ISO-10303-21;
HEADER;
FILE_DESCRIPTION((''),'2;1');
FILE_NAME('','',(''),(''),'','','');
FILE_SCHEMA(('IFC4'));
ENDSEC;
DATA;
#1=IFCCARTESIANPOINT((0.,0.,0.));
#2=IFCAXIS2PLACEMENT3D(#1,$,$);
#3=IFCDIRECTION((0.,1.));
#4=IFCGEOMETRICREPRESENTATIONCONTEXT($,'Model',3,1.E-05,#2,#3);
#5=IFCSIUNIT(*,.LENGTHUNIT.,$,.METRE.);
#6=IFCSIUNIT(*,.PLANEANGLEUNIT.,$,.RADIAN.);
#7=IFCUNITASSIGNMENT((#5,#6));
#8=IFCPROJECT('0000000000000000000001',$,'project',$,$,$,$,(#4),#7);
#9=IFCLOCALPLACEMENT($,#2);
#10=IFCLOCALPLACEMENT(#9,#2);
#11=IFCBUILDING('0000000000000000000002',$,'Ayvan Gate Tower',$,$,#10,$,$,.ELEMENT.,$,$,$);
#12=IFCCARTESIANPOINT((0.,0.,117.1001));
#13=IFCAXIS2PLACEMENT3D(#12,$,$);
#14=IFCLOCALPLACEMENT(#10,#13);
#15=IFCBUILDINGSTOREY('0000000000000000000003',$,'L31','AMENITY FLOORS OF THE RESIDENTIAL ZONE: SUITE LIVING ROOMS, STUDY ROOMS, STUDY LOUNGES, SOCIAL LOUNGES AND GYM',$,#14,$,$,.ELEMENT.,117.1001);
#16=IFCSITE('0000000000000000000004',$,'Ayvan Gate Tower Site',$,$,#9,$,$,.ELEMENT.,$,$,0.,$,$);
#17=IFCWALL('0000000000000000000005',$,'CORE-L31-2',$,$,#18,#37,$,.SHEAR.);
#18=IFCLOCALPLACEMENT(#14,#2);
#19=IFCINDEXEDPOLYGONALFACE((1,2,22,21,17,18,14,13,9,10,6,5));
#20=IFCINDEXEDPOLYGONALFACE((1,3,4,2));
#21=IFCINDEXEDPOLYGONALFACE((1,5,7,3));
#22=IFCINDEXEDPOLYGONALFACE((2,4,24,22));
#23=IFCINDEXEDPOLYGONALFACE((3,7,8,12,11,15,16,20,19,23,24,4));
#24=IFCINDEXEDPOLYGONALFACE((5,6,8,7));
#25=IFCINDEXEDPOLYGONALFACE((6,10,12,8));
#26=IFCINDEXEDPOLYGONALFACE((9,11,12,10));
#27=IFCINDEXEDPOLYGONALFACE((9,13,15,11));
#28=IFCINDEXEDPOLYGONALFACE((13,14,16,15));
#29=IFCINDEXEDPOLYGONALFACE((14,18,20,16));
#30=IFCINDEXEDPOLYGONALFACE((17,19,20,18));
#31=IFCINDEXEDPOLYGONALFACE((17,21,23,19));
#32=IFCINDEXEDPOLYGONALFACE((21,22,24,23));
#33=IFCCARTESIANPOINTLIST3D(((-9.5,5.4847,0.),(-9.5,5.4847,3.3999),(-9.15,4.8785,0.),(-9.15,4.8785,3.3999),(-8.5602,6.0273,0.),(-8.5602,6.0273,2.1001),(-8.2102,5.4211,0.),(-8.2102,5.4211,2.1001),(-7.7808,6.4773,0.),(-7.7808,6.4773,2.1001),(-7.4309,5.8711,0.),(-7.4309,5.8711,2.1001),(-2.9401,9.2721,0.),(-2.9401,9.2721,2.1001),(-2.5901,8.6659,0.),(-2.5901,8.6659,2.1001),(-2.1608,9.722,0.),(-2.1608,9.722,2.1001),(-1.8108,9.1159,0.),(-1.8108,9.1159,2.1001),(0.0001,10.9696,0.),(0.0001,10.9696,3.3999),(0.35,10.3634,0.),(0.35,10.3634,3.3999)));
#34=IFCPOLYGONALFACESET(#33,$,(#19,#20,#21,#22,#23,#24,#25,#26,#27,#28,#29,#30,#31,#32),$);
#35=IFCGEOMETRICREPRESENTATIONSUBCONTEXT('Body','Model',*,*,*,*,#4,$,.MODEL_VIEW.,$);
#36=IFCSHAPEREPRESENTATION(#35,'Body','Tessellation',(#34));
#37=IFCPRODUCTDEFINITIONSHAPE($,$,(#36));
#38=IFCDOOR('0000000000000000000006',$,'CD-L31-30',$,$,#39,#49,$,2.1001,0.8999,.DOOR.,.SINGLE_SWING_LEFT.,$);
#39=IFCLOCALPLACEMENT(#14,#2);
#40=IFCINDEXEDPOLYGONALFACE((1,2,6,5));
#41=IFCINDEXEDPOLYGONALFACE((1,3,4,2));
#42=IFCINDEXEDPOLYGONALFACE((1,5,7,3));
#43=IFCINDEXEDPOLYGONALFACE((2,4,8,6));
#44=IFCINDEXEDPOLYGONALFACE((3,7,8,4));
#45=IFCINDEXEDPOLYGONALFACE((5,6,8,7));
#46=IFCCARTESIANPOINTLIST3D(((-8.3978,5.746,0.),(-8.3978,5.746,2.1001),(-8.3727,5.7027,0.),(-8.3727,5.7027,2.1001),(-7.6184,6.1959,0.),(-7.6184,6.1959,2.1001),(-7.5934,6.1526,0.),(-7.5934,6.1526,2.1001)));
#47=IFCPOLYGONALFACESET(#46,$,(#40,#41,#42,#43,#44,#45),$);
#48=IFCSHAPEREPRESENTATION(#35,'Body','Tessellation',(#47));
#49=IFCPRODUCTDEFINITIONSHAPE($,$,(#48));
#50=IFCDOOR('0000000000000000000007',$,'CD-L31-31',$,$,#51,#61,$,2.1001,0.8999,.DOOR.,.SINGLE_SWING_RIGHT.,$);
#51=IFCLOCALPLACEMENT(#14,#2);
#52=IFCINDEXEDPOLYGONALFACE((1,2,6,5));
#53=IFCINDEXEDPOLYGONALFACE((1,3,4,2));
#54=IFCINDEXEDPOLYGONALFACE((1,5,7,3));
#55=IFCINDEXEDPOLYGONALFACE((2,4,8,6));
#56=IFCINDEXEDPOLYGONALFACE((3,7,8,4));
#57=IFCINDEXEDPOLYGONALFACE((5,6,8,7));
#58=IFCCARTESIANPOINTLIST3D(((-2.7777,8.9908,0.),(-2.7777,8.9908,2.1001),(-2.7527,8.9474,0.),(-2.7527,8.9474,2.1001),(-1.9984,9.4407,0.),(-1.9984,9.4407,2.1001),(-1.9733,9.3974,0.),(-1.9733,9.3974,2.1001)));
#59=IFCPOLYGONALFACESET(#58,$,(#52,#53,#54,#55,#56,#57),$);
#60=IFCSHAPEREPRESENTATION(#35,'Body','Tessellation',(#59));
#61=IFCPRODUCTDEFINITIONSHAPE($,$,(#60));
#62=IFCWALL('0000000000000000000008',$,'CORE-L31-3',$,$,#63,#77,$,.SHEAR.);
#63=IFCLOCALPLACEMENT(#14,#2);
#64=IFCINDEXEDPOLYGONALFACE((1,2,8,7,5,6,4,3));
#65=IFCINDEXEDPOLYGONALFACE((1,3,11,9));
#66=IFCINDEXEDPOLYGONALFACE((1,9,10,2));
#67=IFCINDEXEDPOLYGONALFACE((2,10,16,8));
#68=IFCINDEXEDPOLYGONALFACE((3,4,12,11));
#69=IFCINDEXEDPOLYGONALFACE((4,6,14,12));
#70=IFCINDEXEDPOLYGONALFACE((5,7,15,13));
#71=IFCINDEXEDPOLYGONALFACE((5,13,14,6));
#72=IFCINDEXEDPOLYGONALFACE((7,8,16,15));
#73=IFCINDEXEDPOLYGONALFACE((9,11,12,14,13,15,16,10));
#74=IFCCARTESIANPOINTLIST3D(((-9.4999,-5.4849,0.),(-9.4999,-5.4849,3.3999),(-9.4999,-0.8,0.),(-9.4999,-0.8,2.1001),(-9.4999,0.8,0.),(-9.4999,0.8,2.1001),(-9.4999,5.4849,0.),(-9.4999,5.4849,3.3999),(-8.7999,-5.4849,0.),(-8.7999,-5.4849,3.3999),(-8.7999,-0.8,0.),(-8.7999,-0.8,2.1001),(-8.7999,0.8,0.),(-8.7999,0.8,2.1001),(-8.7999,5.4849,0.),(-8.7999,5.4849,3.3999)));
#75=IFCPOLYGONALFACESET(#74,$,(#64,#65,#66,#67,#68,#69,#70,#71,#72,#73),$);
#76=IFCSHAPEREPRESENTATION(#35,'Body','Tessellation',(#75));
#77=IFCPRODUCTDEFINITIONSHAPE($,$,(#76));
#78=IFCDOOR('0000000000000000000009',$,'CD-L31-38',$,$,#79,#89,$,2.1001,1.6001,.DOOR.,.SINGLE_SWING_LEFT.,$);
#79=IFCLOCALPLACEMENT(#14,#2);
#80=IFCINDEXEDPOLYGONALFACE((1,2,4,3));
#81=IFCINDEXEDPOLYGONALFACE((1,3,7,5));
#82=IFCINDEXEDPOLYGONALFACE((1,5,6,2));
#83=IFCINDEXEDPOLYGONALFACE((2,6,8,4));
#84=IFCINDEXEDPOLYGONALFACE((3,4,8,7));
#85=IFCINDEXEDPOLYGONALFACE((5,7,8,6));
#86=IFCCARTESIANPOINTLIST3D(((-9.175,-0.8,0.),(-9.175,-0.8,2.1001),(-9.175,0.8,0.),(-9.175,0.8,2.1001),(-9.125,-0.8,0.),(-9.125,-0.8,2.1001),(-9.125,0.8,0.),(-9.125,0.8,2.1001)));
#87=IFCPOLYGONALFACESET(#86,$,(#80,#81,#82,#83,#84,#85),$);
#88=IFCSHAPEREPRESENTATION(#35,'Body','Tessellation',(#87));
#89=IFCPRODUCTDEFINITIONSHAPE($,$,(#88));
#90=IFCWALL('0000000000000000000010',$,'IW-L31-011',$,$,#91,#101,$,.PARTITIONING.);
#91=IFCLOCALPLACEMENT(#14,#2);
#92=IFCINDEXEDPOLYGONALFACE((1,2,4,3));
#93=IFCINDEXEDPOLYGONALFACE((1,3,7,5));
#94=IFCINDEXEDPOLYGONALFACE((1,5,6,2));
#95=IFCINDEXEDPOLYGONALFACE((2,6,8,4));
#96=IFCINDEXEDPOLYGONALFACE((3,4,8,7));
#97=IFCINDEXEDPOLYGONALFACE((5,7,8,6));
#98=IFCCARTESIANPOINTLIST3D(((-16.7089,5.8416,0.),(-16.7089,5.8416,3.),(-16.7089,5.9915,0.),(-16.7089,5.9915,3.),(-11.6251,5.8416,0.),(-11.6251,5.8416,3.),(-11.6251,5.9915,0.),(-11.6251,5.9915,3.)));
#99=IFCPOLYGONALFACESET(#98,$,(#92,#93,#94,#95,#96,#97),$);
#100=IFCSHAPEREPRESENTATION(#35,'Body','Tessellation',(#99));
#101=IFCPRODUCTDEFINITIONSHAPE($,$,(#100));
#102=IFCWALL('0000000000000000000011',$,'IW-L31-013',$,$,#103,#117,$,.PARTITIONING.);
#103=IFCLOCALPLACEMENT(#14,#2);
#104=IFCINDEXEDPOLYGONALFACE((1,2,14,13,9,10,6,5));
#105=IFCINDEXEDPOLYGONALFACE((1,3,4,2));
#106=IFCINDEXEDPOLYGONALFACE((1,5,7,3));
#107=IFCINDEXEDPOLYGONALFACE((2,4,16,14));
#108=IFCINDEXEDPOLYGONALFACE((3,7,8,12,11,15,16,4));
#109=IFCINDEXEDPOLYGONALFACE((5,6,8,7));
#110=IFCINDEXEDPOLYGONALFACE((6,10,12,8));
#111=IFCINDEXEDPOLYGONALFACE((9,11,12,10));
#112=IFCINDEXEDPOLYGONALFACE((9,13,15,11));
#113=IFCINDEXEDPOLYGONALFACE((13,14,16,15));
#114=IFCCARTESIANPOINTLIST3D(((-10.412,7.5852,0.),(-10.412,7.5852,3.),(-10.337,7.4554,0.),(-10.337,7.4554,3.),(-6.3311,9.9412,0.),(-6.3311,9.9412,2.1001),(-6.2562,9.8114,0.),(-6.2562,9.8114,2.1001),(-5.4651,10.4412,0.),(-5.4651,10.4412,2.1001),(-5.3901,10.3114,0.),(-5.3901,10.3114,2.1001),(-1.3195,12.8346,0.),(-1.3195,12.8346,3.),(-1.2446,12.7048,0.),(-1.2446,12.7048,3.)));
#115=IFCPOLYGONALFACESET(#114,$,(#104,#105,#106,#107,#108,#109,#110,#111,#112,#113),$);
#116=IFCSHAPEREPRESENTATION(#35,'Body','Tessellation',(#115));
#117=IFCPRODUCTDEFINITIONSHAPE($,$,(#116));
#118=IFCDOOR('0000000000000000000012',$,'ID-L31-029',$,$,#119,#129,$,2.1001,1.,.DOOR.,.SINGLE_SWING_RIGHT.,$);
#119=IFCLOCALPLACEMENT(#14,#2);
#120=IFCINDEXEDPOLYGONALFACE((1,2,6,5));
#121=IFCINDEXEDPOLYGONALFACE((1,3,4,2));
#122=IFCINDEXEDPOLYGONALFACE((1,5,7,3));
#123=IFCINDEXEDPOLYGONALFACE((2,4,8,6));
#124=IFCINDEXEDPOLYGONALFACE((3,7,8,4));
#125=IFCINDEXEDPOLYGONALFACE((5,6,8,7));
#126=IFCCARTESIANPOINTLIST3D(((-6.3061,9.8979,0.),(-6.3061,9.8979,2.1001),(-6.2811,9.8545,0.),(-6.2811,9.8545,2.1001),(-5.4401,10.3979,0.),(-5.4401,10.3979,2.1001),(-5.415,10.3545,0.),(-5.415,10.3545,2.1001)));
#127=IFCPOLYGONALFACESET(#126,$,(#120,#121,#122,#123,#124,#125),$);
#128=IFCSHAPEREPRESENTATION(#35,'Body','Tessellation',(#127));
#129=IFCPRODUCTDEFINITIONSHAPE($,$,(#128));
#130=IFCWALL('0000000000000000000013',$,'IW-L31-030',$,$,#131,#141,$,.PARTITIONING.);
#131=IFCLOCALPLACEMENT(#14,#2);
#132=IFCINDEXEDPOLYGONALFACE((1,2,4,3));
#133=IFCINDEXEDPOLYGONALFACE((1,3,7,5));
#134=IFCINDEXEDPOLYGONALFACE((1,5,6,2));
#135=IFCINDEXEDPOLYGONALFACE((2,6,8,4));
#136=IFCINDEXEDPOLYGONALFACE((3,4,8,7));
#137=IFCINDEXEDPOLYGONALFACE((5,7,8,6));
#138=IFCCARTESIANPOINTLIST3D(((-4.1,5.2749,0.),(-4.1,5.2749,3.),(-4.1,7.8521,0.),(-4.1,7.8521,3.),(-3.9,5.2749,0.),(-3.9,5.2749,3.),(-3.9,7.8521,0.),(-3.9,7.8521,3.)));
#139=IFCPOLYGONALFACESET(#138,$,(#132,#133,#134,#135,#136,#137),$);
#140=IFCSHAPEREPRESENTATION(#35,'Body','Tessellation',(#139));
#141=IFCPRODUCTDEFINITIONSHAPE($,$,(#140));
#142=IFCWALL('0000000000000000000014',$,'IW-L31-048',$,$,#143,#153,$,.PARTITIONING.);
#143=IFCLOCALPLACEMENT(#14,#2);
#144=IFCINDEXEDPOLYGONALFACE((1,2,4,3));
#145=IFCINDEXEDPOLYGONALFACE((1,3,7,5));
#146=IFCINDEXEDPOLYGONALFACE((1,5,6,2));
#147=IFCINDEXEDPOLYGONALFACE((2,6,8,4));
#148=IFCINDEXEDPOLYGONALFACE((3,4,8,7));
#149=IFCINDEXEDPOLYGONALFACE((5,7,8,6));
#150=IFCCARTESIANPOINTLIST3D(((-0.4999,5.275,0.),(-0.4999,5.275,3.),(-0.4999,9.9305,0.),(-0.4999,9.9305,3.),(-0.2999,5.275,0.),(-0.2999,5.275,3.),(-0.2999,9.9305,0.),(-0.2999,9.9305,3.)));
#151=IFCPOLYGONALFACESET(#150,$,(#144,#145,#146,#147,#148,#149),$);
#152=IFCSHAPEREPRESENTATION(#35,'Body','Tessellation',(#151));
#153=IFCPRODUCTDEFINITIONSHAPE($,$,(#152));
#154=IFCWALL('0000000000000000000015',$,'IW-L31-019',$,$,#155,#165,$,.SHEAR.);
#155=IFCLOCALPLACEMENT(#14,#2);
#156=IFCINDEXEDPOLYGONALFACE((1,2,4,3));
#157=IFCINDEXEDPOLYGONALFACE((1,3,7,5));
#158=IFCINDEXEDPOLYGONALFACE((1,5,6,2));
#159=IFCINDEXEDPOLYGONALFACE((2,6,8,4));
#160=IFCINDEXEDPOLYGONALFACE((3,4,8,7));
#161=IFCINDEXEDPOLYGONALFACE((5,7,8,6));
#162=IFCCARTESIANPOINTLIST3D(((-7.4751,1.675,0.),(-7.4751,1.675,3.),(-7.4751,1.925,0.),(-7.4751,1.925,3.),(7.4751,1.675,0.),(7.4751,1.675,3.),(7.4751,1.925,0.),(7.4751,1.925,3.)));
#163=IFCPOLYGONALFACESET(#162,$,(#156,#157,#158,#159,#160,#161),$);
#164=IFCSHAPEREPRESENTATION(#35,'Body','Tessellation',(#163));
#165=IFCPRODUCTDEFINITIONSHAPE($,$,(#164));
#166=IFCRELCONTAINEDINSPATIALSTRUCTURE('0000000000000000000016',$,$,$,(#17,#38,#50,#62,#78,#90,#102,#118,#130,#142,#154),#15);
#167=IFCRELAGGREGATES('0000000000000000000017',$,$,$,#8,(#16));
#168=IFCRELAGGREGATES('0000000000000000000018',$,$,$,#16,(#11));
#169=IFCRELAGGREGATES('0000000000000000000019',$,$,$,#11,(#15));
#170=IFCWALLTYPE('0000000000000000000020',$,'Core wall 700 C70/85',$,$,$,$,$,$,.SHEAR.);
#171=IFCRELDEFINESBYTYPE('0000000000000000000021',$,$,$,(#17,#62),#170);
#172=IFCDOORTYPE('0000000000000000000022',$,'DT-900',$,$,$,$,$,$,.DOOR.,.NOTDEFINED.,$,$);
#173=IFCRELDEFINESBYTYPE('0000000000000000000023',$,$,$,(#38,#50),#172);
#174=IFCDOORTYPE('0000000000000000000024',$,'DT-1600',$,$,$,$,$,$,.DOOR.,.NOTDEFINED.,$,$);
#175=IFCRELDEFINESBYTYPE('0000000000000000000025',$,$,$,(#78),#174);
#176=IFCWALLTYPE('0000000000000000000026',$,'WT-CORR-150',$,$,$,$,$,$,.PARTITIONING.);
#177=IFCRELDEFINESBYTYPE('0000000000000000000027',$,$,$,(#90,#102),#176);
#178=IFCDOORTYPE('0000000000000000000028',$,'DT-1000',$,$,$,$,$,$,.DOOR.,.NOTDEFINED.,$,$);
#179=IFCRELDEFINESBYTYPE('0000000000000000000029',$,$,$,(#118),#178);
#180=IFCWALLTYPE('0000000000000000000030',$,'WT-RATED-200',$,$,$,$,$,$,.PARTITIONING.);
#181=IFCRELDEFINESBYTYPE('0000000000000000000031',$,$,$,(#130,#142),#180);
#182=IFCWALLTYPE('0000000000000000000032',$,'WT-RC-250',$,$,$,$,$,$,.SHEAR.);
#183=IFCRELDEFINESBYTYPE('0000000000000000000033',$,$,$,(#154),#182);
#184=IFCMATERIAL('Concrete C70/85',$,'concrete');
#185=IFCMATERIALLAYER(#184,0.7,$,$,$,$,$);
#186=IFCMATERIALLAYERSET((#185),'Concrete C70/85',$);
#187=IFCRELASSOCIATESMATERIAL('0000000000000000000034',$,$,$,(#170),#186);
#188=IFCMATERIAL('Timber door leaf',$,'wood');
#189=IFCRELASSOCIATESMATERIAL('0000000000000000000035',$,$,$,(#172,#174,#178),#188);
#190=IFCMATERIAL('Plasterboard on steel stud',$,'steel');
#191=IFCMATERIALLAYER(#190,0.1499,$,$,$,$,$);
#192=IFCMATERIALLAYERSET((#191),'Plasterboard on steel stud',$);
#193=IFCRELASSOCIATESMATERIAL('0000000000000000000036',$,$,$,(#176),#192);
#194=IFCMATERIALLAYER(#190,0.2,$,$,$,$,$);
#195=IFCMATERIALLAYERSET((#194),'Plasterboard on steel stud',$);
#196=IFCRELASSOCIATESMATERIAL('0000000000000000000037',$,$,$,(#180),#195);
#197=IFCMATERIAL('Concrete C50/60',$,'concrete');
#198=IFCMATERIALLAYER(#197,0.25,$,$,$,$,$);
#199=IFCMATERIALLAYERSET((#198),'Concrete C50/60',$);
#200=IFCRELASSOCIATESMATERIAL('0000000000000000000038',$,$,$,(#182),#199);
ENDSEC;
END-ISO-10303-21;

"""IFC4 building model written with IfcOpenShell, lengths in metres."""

from ifc_helpers import new_model, si_unit, direction, frame, frame_2d, origin, place, context, subcontext, project, spatial, rectangle, extrude, material, layer, layer_set, type_object, element, fill, save


model = new_model("IFC4")

# Units and contexts
model_context = context("Model", 3, precision=1e-05, world=origin(), true_north=direction((0.0, 1.0)))
body_context = subcontext(model_context, "Body", "Model", "MODEL_VIEW")
ifc_project = project(units=[si_unit("LENGTHUNIT", "METRE"), si_unit("PLANEANGLEUNIT", "RADIAN")], contexts=[model_context])

# Site, building, storey
site_placement = place(None, origin())
site = spatial("IfcSite", under=ifc_project, at=site_placement, Name="Ayvan Gate Tower Site", CompositionType="ELEMENT", RefElevation=0.0)
building_placement = place(site_placement, origin())
building = spatial("IfcBuilding", under=site, at=building_placement, Name="Ayvan Gate Tower", CompositionType="ELEMENT")
storey_placement = place(building_placement, frame((0.0, 0.0, 117.1001)))
storey = spatial("IfcBuildingStorey", under=building, at=storey_placement, Name="L31", Description="AMENITY FLOORS OF THE RESIDENTIAL ZONE: SUITE LIVING ROOMS, STUDY ROOMS, STUDY LOUNGES, SOCIAL LOUNGES AND GYM", CompositionType="ELEMENT", Elevation=117.1001)

# Wall, openings, doors
ifc_material_1 = material(Name="Concrete C70/85", Category="concrete")
ifc_layer_1 = layer(ifc_material_1, 0.7)
ifc_layer_set_1 = layer_set([ifc_layer_1], Name="Concrete C70/85")
wall_type_1 = type_object("IfcWallType", Name="Core wall 700 C70/85", PredefinedType="SHEAR", material=ifc_layer_set_1)
wall_1_placement = place(storey_placement, frame((0.175, 10.6665, 0.0), z_axis=(0.0, 0.0, 1.0), x_axis=(-0.866024, -0.500002, 0.0)))
wall_1 = element("IfcWall", 1, at=wall_1_placement, inside=storey, type_object=wall_type_1, Name="CORE-L31-2", PredefinedType="SHEAR", context=body_context, shape_type="SweptSolid", body=[
    extrude(rectangle(XDim=10.9697, YDim=0.7, at=frame_2d((5.4849, 0.0))), origin(), (0.0, 0.0, 1.0), 3.3999),
])
opening_1_placement = place(wall_1_placement, frame((8.9846, 0.0, 0.0)))
opening_1 = element("IfcOpeningElement", 2, at=opening_1_placement, cuts=wall_1, PredefinedType="OPENING", context=body_context, shape_type="SweptSolid", body=[
    extrude(rectangle(XDim=0.8999, YDim=2.1001, at=frame_2d((0.45, 1.05))), frame((0.0, 0.3599, 0.0), z_axis=(0.0, -1.0, 0.0), x_axis=(1.0, 0.0, 0.0)), (0.0, 0.0, 1.0), 0.72),
])
opening_2_placement = place(wall_1_placement, frame((2.4951, 0.0, 0.0)))
opening_2 = element("IfcOpeningElement", 3, at=opening_2_placement, cuts=wall_1, PredefinedType="OPENING", context=body_context, shape_type="SweptSolid", body=[
    extrude(rectangle(XDim=0.8999, YDim=2.1001, at=frame_2d((0.45, 1.05))), frame((0.0, 0.3599, 0.0), z_axis=(0.0, -1.0, 0.0), x_axis=(1.0, 0.0, 0.0)), (0.0, 0.0, 1.0), 0.72),
])
ifc_material_2 = material(Name="Timber door leaf", Category="wood")
door_type_1 = type_object("IfcDoorType", Name="DT-900", OperationType="NOTDEFINED", PredefinedType="DOOR", material=ifc_material_2)
door_1_placement = place(opening_1_placement, origin())
door_1 = element("IfcDoor", 4, at=door_1_placement, inside=storey, type_object=door_type_1, Name="CD-L31-30", OperationType="SINGLE_SWING_LEFT", OverallHeight=2.1001, OverallWidth=0.8999, PredefinedType="DOOR", context=body_context, shape_type="SweptSolid", body=[
    extrude(rectangle(XDim=0.8999, YDim=2.1001, at=frame_2d((0.45, 1.05))), frame((0.0, 0.0249, 0.0), z_axis=(0.0, -1.0, 0.0), x_axis=(1.0, 0.0, 0.0)), (0.0, 0.0, 1.0), 0.05),
])
fill(opening_1, door_1)
door_2_placement = place(opening_2_placement, origin())
door_2 = element("IfcDoor", 5, at=door_2_placement, inside=storey, type_object=door_type_1, Name="CD-L31-31", OperationType="SINGLE_SWING_RIGHT", OverallHeight=2.1001, OverallWidth=0.8999, PredefinedType="DOOR", context=body_context, shape_type="SweptSolid", body=[
    extrude(rectangle(XDim=0.8999, YDim=2.1001, at=frame_2d((0.45, 1.05))), frame((0.0, 0.0249, 0.0), z_axis=(0.0, -1.0, 0.0), x_axis=(1.0, 0.0, 0.0)), (0.0, 0.0, 1.0), 0.05),
])
fill(opening_2, door_2)

# Wall, opening, door
wall_2_placement = place(storey_placement, frame((-9.1499, 5.4849, 0.0), z_axis=(0.0, 0.0, 1.0), x_axis=(0.0, -1.0, 0.0)))
wall_2 = element("IfcWall", 6, at=wall_2_placement, inside=storey, type_object=wall_type_1, Name="CORE-L31-3", PredefinedType="SHEAR", context=body_context, shape_type="SweptSolid", body=[
    extrude(rectangle(XDim=10.9697, YDim=0.7, at=frame_2d((5.4849, 0.0))), origin(), (0.0, 0.0, 1.0), 3.3999),
])
opening_3_placement = place(wall_2_placement, frame((4.6848, 0.0, 0.0)))
opening_3 = element("IfcOpeningElement", 7, at=opening_3_placement, cuts=wall_2, PredefinedType="OPENING", context=body_context, shape_type="SweptSolid", body=[
    extrude(rectangle(XDim=1.6001, YDim=2.1001, at=frame_2d((0.8, 1.05))), frame((0.0, 0.3599, 0.0), z_axis=(0.0, -1.0, 0.0), x_axis=(1.0, 0.0, 0.0)), (0.0, 0.0, 1.0), 0.72),
])
door_type_2 = type_object("IfcDoorType", Name="DT-1600", OperationType="NOTDEFINED", PredefinedType="DOOR", material=ifc_material_2)
door_3_placement = place(opening_3_placement, origin())
door_3 = element("IfcDoor", 8, at=door_3_placement, inside=storey, type_object=door_type_2, Name="CD-L31-38", OperationType="SINGLE_SWING_LEFT", OverallHeight=2.1001, OverallWidth=1.6001, PredefinedType="DOOR", context=body_context, shape_type="SweptSolid", body=[
    extrude(rectangle(XDim=1.6001, YDim=2.1001, at=frame_2d((0.8, 1.05))), frame((0.0, 0.0249, 0.0), z_axis=(0.0, -1.0, 0.0), x_axis=(1.0, 0.0, 0.0)), (0.0, 0.0, 1.0), 0.05),
])
fill(opening_3, door_3)

# Wall
ifc_material_3 = material(Name="Plasterboard on steel stud", Category="steel")
ifc_layer_2 = layer(ifc_material_3, 0.1499)
ifc_layer_set_2 = layer_set([ifc_layer_2], Name="Plasterboard on steel stud")
wall_type_2 = type_object("IfcWallType", Name="WT-CORR-150", PredefinedType="PARTITIONING", material=ifc_layer_set_2)
wall_3_placement = place(storey_placement, frame((-11.625, 5.9165, 0.0), z_axis=(0.0, 0.0, 1.0), x_axis=(-1.0, 0.0, 0.0)))
element("IfcWall", 9, at=wall_3_placement, inside=storey, type_object=wall_type_2, Name="IW-L31-011", PredefinedType="PARTITIONING", context=body_context, shape_type="SweptSolid", body=[
    extrude(rectangle(XDim=5.0837, YDim=0.1499, at=frame_2d((2.542, 0.0))), origin(), (0.0, 0.0, 1.0), 3.0),
])

# Wall, opening, door
wall_4_placement = place(storey_placement, frame((-10.3745, 7.5203, 0.0), z_axis=(0.0, 0.0, 1.0), x_axis=(0.866028, 0.499996, 0.0)))
wall_4 = element("IfcWall", 10, at=wall_4_placement, inside=storey, type_object=wall_type_2, Name="IW-L31-013", PredefinedType="PARTITIONING", context=body_context, shape_type="SweptSolid", body=[
    extrude(rectangle(XDim=10.499, YDim=0.1499, at=frame_2d((5.2495, 0.0))), origin(), (0.0, 0.0, 1.0), 3.0),
])
opening_4_placement = place(wall_4_placement, frame((4.7122, 0.0, 0.0)))
opening_4 = element("IfcOpeningElement", 11, at=opening_4_placement, cuts=wall_4, PredefinedType="OPENING", context=body_context, shape_type="SweptSolid", body=[
    extrude(rectangle(XDim=1.0, YDim=2.1001, at=frame_2d((0.5, 1.05))), frame((0.0, 0.085, 0.0), z_axis=(0.0, -1.0, 0.0), x_axis=(1.0, 0.0, 0.0)), (0.0, 0.0, 1.0), 0.1699),
])
door_type_3 = type_object("IfcDoorType", Name="DT-1000", OperationType="NOTDEFINED", PredefinedType="DOOR", material=ifc_material_2)
door_4_placement = place(opening_4_placement, origin())
door_4 = element("IfcDoor", 12, at=door_4_placement, inside=storey, type_object=door_type_3, Name="ID-L31-029", OperationType="SINGLE_SWING_RIGHT", OverallHeight=2.1001, OverallWidth=1.0, PredefinedType="DOOR", context=body_context, shape_type="SweptSolid", body=[
    extrude(rectangle(XDim=1.0, YDim=2.1001, at=frame_2d((0.5, 1.05))), frame((0.0, 0.0249, 0.0), z_axis=(0.0, -1.0, 0.0), x_axis=(1.0, 0.0, 0.0)), (0.0, 0.0, 1.0), 0.05),
])
fill(opening_4, door_4)

# Walls
ifc_layer_3 = layer(ifc_material_3, 0.2)
ifc_layer_set_3 = layer_set([ifc_layer_3], Name="Plasterboard on steel stud")
wall_type_3 = type_object("IfcWallType", Name="WT-RATED-200", PredefinedType="PARTITIONING", material=ifc_layer_set_3)
wall_5_placement = place(storey_placement, frame((-4.0, 7.8521, 0.0), z_axis=(0.0, 0.0, 1.0), x_axis=(0.0, -1.0, 0.0)))
element("IfcWall", 13, at=wall_5_placement, inside=storey, type_object=wall_type_3, Name="IW-L31-030", PredefinedType="PARTITIONING", context=body_context, shape_type="SweptSolid", body=[
    extrude(rectangle(XDim=2.5771, YDim=0.2, at=frame_2d((1.2886, 0.0))), origin(), (0.0, 0.0, 1.0), 3.0),
])
wall_6_placement = place(storey_placement, frame((-0.3999, 9.9304, 0.0), z_axis=(0.0, 0.0, 1.0), x_axis=(0.0, -1.0, 0.0)))
element("IfcWall", 14, at=wall_6_placement, inside=storey, type_object=wall_type_3, Name="IW-L31-048", PredefinedType="PARTITIONING", context=body_context, shape_type="SweptSolid", body=[
    extrude(rectangle(XDim=4.6555, YDim=0.2, at=frame_2d((2.3276, 0.0))), origin(), (0.0, 0.0, 1.0), 3.0),
])
ifc_material_4 = material(Name="Concrete C50/60", Category="concrete")
ifc_layer_4 = layer(ifc_material_4, 0.25)
ifc_layer_set_4 = layer_set([ifc_layer_4], Name="Concrete C50/60")
wall_type_4 = type_object("IfcWallType", Name="WT-RC-250", PredefinedType="SHEAR", material=ifc_layer_set_4)
wall_7_placement = place(storey_placement, frame((-7.4751, 1.8, 0.0), z_axis=(0.0, 0.0, 1.0), x_axis=(1.0, 0.0, 0.0)))
element("IfcWall", 15, at=wall_7_placement, inside=storey, type_object=wall_type_4, Name="IW-L31-019", PredefinedType="SHEAR", context=body_context, shape_type="SweptSolid", body=[
    extrude(rectangle(XDim=14.9502, YDim=0.25, at=frame_2d((7.4751, 0.0))), origin(), (0.0, 0.0, 1.0), 3.0),
])

save(model, "model.ifc")
